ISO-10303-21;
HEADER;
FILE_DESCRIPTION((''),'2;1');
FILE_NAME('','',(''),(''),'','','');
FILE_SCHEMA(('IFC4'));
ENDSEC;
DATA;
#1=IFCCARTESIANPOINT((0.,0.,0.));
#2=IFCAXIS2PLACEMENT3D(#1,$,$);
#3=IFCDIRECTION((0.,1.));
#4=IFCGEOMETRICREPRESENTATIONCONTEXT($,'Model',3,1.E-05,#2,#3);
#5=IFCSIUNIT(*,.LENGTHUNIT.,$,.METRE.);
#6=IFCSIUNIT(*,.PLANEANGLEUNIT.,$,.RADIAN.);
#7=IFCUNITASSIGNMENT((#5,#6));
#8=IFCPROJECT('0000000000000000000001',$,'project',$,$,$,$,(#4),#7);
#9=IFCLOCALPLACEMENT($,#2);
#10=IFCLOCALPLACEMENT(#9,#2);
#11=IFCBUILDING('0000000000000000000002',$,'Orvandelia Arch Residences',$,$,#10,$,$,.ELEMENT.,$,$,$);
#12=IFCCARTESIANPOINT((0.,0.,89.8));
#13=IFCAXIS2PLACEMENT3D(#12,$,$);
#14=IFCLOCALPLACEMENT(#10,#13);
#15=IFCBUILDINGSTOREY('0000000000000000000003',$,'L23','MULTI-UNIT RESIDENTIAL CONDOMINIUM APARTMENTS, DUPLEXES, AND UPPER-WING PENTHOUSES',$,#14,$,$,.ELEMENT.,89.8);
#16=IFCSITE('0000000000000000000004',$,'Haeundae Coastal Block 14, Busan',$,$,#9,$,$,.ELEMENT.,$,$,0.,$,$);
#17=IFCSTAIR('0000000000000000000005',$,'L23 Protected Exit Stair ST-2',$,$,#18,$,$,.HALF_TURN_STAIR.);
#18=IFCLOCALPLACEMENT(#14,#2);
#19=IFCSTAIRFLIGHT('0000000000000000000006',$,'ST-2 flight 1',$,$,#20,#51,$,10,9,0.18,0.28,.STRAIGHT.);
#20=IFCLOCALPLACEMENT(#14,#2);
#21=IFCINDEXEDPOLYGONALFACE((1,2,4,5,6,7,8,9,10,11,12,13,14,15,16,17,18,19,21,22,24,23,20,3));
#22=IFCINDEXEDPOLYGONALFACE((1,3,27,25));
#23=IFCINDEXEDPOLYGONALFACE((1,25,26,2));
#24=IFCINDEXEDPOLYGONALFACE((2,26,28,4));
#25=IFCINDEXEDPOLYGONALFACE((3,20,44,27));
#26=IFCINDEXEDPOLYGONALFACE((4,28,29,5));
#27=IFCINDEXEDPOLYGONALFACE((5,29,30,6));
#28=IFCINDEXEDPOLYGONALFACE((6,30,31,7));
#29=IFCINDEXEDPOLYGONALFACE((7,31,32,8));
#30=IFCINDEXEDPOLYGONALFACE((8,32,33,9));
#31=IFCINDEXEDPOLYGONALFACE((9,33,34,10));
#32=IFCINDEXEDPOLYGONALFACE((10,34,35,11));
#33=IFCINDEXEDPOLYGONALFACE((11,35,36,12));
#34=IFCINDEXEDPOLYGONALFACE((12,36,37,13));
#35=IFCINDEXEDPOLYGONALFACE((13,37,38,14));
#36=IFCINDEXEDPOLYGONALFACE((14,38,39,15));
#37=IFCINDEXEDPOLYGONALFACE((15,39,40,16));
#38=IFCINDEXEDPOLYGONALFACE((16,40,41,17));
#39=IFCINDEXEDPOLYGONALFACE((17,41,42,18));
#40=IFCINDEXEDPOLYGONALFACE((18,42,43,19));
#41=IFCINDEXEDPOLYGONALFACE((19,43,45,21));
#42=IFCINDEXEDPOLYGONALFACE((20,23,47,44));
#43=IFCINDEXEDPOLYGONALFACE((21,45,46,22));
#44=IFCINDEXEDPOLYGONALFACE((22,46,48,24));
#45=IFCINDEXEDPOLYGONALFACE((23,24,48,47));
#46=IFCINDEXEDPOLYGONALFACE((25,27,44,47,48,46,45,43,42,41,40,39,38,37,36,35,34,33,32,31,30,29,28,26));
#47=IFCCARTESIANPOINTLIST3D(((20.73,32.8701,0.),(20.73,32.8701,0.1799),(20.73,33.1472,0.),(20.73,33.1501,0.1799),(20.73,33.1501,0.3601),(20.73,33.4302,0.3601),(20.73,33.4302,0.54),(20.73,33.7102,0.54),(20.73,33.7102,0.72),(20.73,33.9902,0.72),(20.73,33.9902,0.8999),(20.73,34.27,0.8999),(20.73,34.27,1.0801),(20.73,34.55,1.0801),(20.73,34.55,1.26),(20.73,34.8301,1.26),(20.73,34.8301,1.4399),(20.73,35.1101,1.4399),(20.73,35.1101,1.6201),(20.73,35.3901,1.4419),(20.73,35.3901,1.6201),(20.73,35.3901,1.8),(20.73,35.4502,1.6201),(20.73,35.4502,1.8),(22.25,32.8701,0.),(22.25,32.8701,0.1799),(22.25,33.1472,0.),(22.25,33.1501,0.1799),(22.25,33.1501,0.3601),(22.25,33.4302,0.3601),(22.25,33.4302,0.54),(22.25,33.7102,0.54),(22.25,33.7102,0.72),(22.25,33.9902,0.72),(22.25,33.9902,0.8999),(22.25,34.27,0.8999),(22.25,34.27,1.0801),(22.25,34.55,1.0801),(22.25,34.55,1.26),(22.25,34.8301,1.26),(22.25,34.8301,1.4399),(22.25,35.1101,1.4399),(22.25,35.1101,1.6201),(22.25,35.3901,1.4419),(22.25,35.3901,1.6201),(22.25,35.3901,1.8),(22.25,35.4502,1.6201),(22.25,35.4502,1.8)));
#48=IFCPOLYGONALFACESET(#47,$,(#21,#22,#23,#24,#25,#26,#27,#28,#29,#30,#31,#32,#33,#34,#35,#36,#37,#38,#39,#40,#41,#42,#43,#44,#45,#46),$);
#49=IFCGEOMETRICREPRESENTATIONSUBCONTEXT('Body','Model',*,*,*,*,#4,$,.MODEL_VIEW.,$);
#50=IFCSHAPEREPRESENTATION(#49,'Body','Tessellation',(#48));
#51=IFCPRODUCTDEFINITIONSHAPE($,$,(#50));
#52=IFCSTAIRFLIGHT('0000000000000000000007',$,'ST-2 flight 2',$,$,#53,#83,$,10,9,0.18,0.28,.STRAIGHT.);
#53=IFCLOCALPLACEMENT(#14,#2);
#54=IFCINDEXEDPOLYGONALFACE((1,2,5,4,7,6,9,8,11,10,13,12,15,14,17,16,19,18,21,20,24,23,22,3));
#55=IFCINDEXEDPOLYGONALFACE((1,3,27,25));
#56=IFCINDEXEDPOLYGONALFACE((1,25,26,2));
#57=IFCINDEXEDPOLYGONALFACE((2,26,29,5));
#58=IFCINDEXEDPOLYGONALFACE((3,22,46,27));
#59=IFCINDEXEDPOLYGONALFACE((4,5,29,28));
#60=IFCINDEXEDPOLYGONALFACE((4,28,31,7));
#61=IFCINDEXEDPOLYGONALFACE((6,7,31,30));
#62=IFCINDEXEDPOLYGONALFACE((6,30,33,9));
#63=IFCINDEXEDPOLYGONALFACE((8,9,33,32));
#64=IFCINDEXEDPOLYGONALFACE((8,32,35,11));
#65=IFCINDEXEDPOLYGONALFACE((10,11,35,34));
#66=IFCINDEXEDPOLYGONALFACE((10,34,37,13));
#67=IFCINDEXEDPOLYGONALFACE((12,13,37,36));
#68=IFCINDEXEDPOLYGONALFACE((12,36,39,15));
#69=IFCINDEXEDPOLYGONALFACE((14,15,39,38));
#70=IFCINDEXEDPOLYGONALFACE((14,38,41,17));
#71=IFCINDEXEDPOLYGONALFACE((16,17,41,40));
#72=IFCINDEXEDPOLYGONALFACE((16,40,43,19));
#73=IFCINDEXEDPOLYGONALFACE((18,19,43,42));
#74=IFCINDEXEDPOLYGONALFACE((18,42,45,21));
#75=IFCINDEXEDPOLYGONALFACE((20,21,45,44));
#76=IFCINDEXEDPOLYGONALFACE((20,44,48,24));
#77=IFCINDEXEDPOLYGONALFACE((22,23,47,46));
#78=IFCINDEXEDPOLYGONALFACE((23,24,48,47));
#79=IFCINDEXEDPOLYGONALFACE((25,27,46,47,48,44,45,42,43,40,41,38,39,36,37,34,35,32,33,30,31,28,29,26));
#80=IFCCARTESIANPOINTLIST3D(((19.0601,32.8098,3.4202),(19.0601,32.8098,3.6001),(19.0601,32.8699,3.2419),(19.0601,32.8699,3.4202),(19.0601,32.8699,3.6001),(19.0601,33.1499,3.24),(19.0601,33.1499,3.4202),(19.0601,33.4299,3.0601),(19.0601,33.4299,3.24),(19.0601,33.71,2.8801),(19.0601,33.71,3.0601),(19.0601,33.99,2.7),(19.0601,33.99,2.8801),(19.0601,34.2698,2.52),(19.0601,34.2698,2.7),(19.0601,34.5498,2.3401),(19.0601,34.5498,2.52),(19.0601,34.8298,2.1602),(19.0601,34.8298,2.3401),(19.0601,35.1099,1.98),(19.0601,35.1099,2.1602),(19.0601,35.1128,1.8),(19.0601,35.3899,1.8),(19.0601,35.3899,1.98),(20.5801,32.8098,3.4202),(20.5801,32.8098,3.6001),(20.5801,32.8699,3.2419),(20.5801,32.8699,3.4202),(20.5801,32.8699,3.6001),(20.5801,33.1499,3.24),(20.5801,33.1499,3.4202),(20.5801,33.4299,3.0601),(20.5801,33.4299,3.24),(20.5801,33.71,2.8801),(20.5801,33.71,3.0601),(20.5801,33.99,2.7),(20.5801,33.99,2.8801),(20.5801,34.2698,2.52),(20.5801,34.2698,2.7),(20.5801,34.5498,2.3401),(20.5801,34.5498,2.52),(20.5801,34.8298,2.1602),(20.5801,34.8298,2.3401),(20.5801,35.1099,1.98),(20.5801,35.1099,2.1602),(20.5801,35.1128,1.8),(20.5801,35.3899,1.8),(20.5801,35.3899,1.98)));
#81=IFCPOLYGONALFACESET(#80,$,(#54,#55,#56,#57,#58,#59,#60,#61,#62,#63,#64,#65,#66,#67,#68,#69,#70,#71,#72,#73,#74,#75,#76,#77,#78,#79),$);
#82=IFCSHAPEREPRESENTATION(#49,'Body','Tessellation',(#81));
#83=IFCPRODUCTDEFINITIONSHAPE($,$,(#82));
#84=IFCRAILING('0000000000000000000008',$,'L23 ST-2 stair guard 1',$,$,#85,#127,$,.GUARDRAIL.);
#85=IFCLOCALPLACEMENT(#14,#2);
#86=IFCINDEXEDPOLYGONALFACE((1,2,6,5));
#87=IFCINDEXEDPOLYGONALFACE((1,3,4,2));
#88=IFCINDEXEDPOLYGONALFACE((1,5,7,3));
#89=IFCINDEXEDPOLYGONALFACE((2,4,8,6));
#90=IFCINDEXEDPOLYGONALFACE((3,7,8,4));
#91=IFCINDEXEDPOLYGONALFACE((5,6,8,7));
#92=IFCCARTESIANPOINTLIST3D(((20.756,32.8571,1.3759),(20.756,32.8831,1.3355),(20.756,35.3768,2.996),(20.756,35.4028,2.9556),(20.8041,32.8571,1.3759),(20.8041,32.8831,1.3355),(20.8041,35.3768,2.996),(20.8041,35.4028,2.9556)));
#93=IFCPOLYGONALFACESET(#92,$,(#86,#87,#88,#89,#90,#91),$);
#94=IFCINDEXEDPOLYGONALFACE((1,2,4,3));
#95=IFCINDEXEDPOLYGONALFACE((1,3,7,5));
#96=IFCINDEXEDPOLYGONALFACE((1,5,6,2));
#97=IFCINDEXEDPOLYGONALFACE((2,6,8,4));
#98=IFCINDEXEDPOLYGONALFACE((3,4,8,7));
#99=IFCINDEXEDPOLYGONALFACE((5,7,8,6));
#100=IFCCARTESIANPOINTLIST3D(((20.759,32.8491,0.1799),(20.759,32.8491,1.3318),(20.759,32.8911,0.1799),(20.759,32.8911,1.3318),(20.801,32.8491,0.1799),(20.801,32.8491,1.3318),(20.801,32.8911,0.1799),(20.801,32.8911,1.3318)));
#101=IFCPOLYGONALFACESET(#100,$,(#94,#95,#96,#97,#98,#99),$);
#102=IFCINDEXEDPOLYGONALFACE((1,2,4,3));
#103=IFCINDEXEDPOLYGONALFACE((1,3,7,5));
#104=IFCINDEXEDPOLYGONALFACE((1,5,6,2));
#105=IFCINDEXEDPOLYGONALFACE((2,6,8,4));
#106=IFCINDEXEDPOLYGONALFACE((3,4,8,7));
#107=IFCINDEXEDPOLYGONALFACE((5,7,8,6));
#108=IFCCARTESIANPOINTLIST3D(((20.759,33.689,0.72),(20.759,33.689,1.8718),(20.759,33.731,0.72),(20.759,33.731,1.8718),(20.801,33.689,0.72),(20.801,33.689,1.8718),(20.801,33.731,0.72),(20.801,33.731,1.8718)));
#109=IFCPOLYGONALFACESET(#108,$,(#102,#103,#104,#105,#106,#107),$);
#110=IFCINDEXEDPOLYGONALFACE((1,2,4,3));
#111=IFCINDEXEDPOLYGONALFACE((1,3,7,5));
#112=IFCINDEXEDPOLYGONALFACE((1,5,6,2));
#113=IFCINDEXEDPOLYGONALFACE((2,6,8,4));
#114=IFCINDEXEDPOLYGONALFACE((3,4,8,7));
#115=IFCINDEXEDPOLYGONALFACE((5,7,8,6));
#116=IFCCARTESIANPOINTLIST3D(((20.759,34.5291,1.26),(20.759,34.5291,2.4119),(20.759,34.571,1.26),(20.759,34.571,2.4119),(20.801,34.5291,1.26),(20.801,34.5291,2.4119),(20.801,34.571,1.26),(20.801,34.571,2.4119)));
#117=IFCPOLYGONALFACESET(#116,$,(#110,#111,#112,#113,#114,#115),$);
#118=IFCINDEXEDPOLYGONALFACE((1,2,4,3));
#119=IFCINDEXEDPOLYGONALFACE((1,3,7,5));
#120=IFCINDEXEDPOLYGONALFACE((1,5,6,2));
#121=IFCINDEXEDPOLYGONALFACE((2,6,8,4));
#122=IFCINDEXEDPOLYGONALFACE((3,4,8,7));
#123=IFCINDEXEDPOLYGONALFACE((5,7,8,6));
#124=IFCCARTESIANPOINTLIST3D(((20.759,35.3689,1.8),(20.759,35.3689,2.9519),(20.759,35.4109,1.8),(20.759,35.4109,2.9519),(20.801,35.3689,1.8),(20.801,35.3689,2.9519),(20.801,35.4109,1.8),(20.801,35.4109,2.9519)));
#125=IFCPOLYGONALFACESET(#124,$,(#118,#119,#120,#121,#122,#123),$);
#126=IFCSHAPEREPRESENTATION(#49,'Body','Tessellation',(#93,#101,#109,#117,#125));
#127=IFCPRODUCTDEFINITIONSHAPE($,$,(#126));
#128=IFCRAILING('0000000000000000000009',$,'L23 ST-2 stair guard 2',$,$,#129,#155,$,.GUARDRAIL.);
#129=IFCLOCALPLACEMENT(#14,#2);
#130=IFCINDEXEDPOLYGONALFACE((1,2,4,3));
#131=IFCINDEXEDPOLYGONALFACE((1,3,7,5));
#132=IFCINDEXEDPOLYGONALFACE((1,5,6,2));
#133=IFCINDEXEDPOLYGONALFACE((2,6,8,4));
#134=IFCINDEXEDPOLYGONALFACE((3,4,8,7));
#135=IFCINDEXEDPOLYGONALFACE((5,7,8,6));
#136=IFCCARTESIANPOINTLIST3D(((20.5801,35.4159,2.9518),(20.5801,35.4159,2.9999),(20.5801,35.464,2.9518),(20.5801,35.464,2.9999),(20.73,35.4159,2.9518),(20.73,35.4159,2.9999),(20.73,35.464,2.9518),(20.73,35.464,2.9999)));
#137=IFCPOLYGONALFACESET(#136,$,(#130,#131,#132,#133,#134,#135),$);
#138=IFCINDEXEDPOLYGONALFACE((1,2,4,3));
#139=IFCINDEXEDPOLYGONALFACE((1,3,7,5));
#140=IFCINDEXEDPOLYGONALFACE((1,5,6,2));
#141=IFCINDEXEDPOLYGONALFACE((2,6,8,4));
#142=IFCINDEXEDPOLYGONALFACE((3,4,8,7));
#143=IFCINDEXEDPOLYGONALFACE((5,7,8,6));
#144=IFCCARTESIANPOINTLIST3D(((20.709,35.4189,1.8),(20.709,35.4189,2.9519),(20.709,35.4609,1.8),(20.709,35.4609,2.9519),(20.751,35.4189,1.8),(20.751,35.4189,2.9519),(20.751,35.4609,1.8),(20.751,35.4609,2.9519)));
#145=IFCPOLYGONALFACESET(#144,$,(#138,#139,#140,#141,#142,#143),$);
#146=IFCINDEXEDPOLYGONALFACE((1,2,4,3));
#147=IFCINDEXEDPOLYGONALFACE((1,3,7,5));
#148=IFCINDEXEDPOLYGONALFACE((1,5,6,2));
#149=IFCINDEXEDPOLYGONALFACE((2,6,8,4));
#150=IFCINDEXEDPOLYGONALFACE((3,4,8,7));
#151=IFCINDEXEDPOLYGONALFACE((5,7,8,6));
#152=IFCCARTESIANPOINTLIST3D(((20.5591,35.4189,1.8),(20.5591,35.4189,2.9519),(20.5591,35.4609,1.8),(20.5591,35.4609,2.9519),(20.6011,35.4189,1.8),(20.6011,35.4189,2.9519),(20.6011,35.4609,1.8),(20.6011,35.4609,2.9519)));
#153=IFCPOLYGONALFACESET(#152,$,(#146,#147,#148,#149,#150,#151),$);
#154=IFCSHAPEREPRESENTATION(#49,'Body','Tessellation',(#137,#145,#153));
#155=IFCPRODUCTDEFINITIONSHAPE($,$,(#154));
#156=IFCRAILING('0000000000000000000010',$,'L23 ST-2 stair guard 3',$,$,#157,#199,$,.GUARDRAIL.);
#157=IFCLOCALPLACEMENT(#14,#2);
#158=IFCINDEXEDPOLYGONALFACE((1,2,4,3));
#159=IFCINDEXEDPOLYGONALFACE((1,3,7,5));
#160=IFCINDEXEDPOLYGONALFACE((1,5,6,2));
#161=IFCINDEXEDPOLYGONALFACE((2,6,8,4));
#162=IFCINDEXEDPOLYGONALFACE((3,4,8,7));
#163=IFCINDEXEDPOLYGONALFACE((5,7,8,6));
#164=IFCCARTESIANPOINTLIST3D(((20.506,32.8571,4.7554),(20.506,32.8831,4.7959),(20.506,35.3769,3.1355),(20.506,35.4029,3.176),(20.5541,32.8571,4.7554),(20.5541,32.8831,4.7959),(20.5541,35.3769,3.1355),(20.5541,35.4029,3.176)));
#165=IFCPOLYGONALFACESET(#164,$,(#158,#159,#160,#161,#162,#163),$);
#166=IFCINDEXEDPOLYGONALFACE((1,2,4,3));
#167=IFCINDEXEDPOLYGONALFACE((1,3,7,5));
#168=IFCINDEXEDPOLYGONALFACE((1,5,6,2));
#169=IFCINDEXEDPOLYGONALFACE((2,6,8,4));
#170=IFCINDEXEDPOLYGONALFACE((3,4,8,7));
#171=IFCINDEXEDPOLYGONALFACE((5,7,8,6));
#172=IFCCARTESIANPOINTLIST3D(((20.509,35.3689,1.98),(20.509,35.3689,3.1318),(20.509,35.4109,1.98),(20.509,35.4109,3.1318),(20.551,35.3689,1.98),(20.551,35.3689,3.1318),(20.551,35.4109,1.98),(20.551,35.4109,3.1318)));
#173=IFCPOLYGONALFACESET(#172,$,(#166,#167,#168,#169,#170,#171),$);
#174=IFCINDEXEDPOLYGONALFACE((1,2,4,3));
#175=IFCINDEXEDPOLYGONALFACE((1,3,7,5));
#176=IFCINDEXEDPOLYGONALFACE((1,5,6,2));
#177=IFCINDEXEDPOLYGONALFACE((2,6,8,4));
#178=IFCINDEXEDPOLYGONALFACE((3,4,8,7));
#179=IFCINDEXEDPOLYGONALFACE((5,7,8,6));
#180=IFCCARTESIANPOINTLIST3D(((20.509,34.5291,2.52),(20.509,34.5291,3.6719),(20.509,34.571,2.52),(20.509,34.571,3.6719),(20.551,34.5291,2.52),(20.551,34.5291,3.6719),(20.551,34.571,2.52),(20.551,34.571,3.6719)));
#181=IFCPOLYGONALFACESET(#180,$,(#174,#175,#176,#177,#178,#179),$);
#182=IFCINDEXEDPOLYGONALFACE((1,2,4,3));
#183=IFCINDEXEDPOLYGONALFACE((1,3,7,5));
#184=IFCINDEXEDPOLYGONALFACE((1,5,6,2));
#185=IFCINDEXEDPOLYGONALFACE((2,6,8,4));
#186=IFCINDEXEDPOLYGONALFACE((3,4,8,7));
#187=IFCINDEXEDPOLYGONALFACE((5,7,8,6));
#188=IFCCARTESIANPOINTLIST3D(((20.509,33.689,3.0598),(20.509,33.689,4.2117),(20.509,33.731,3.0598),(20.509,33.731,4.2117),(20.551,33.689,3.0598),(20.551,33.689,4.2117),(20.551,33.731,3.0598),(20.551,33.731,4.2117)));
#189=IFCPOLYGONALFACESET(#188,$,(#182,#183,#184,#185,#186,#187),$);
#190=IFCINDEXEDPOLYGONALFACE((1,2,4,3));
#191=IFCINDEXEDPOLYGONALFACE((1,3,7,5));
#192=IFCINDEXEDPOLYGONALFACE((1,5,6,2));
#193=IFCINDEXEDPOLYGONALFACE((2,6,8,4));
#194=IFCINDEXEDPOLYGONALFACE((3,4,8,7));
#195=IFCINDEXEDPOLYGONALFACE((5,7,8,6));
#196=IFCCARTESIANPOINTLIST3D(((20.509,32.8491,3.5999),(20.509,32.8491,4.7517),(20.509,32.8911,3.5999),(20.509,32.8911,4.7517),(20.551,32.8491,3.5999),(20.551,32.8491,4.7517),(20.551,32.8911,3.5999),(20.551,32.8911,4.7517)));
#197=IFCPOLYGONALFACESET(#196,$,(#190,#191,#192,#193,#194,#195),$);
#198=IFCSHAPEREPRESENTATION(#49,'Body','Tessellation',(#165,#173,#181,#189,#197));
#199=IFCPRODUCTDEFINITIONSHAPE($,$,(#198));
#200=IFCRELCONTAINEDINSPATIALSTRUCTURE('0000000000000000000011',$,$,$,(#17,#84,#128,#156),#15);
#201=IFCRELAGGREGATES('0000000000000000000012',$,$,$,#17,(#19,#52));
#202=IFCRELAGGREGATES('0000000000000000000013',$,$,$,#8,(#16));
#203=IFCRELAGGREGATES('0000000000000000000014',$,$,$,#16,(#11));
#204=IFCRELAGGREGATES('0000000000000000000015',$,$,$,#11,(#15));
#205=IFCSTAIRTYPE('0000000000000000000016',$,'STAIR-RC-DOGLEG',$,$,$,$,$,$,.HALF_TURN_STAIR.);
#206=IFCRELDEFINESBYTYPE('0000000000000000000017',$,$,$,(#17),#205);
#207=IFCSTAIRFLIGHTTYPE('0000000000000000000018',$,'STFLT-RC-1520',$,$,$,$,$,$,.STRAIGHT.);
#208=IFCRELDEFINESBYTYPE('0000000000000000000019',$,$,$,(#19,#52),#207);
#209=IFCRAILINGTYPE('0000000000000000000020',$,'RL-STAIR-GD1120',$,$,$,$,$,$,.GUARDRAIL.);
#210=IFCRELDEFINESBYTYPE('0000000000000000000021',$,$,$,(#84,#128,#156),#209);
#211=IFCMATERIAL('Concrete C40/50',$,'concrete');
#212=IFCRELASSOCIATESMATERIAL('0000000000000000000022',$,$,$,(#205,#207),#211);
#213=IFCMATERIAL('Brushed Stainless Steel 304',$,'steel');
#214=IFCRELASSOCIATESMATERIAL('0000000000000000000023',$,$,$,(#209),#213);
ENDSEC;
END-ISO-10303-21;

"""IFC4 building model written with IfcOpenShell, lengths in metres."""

from ifc_helpers import new_model, si_unit, direction, frame, origin, origin_2d, place, context, subcontext, project, spatial, polyline, rectangle, outline, extrude, material, type_object, element, aggregate, save


model = new_model("IFC4")

# Units and contexts
model_context = context("Model", 3, precision=1e-05, world=origin(), true_north=direction((0.0, 1.0)))
body_context = subcontext(model_context, "Body", "Model", "MODEL_VIEW")
ifc_project = project(units=[si_unit("LENGTHUNIT", "METRE"), si_unit("PLANEANGLEUNIT", "RADIAN")], contexts=[model_context])

# Site, building, storey
site_placement = place(None, origin())
site = spatial("IfcSite", under=ifc_project, at=site_placement, Name="Haeundae Coastal Block 14, Busan", CompositionType="ELEMENT", RefElevation=0.0)
building_placement = place(site_placement, origin())
building = spatial("IfcBuilding", under=site, at=building_placement, Name="Orvandelia Arch Residences", CompositionType="ELEMENT")
storey_placement = place(building_placement, frame((0.0, 0.0, 89.8)))
storey = spatial("IfcBuildingStorey", under=building, at=storey_placement, Name="L23", Description="MULTI-UNIT RESIDENTIAL CONDOMINIUM APARTMENTS, DUPLEXES, AND UPPER-WING PENTHOUSES", CompositionType="ELEMENT", Elevation=89.8)

# Stair, stair flights
ifc_material_1 = material(Name="Concrete C40/50", Category="concrete")
stair_type = type_object("IfcStairType", Name="STAIR-RC-DOGLEG", PredefinedType="HALF_TURN_STAIR", material=ifc_material_1)
stair_placement = place(storey_placement, origin())
stair = element("IfcStair", 1, at=stair_placement, inside=storey, type_object=stair_type, Name="L23 Protected Exit Stair ST-2", PredefinedType="HALF_TURN_STAIR")
stair_flight_type = type_object("IfcStairFlightType", Name="STFLT-RC-1520", PredefinedType="STRAIGHT", material=ifc_material_1)
stair_flight_1_placement = place(storey_placement, frame((21.49, 32.8701, 0.0), z_axis=(0.0, 0.0, 1.0), x_axis=(0.0, 1.0, 0.0)))
stair_flight_1 = element("IfcStairFlight", 2, at=stair_flight_1_placement, type_object=stair_flight_type, Name="ST-2 flight 1", NumberOfRisers=10, NumberOfTreads=9, PredefinedType="STRAIGHT", RiserHeight=0.18, TreadLength=0.28, context=body_context, shape_type="SweptSolid", body=[
    extrude(outline(polyline([(0.0, 0.0), (0.0, 0.1799), (0.28, 0.1799), (0.28, 0.3601), (0.5601, 0.3601), (0.5601, 0.54), (0.8401, 0.54), (0.8401, 0.72), (1.1201, 0.72), (1.1201, 0.8999), (1.3999, 0.8999), (1.3999, 1.0801), (1.6799, 1.0801), (1.6799, 1.26), (1.96, 1.26), (1.96, 1.4399), (2.24, 1.4399), (2.24, 1.6201), (2.52, 1.6201), (2.52, 1.8), (2.5801, 1.8), (2.5801, 1.6201), (2.52, 1.4419), (0.2771, 0.0), (0.0, 0.0)])), frame((0.0, 0.76, 0.0), z_axis=(0.0, -1.0, 0.0), x_axis=(1.0, 0.0, 0.0)), (0.0, 0.0, 1.0), 1.52),
])
stair_flight_2_placement = place(storey_placement, frame((19.8201, 35.3899, 1.8), z_axis=(0.0, 0.0, 1.0), x_axis=(0.0, -1.0, 0.0)))
stair_flight_2 = element("IfcStairFlight", 3, at=stair_flight_2_placement, type_object=stair_flight_type, Name="ST-2 flight 2", NumberOfRisers=10, NumberOfTreads=9, PredefinedType="STRAIGHT", RiserHeight=0.18, TreadLength=0.28, context=body_context, shape_type="SweptSolid", body=[
    extrude(outline(polyline([(0.0, 0.0), (0.0, 0.1799), (0.28, 0.1799), (0.28, 0.3601), (0.5601, 0.3601), (0.5601, 0.54), (0.8401, 0.54), (0.8401, 0.72), (1.1201, 0.72), (1.1201, 0.8999), (1.3999, 0.8999), (1.3999, 1.0801), (1.6799, 1.0801), (1.6799, 1.26), (1.96, 1.26), (1.96, 1.4399), (2.24, 1.4399), (2.24, 1.6201), (2.52, 1.6201), (2.52, 1.8), (2.5801, 1.8), (2.5801, 1.6201), (2.52, 1.4419), (0.2771, 0.0), (0.0, 0.0)])), frame((0.0, 0.76, 0.0), z_axis=(0.0, -1.0, 0.0), x_axis=(1.0, 0.0, 0.0)), (0.0, 0.0, 1.0), 1.52),
])
aggregate(stair, [stair_flight_1, stair_flight_2])

# Railings
ifc_material_2 = material(Name="Brushed Stainless Steel 304", Category="steel")
railing_type_1 = type_object("IfcRailingType", Name="RL-STAIR-GD1120", PredefinedType="GUARDRAIL", material=ifc_material_2)
railing_1_placement = place(storey_placement, frame((20.78, 32.8701, 0.1799)))
element("IfcRailing", 4, at=railing_1_placement, inside=storey, type_object=railing_type_1, Name="L23 ST-2 stair guard 1", PredefinedType="GUARDRAIL", context=body_context, shape_type="SweptSolid", body=[
    extrude(rectangle(XDim=0.0481, YDim=0.0481, at=origin_2d()), frame((0.0, 0.0, 1.1758), z_axis=(0.0, 0.841139, 0.540819), x_axis=(-1.0, 0.0, 0.0)), (0.0, 0.0, 1.0), 2.9956),
    extrude(rectangle(XDim=0.042, YDim=0.042, at=origin_2d()), origin(), (0.0, 0.0, 1.0), 1.1519),
    extrude(rectangle(XDim=0.042, YDim=0.042, at=origin_2d()), frame((0.0, 0.8398, 0.54)), (0.0, 0.0, 1.0), 1.1519),
    extrude(rectangle(XDim=0.042, YDim=0.042, at=origin_2d()), frame((0.0, 1.6799, 1.0801)), (0.0, 0.0, 1.0), 1.1519),
    extrude(rectangle(XDim=0.042, YDim=0.042, at=origin_2d()), frame((0.0, 2.5198, 1.6201)), (0.0, 0.0, 1.0), 1.1519),
])
railing_2_placement = place(storey_placement, frame((20.73, 35.4399, 1.8)))
element("IfcRailing", 5, at=railing_2_placement, inside=storey, type_object=railing_type_1, Name="L23 ST-2 stair guard 2", PredefinedType="GUARDRAIL", context=body_context, shape_type="SweptSolid", body=[
    extrude(rectangle(XDim=0.0481, YDim=0.0481, at=origin_2d()), frame((0.0, 0.0, 1.1758), z_axis=(-1.0, 0.0, 0.0), x_axis=(0.0, -1.0, 0.0)), (0.0, 0.0, 1.0), 0.1499),
    extrude(rectangle(XDim=0.042, YDim=0.042, at=origin_2d()), origin(), (0.0, 0.0, 1.0), 1.1519),
    extrude(rectangle(XDim=0.042, YDim=0.042, at=origin_2d()), frame((-0.1499, 0.0, 0.0)), (0.0, 0.0, 1.0), 1.1519),
])
railing_3_placement = place(storey_placement, frame((20.53, 35.3899, 1.98)))
element("IfcRailing", 6, at=railing_3_placement, inside=storey, type_object=railing_type_1, Name="L23 ST-2 stair guard 3", PredefinedType="GUARDRAIL", context=body_context, shape_type="SweptSolid", body=[
    extrude(rectangle(XDim=0.0481, YDim=0.0481, at=origin_2d()), frame((0.0, 0.0, 1.1758), z_axis=(0.0, -0.841176, 0.540762), x_axis=(1.0, 0.0, 0.0)), (0.0, 0.0, 1.0), 2.9956),
    extrude(rectangle(XDim=0.042, YDim=0.042, at=origin_2d()), origin(), (0.0, 0.0, 1.0), 1.1519),
    extrude(rectangle(XDim=0.042, YDim=0.042, at=origin_2d()), frame((0.0, -0.8398, 0.54)), (0.0, 0.0, 1.0), 1.1519),
    extrude(rectangle(XDim=0.042, YDim=0.042, at=origin_2d()), frame((0.0, -1.6799, 1.0798)), (0.0, 0.0, 1.0), 1.1519),
    extrude(rectangle(XDim=0.042, YDim=0.042, at=origin_2d()), frame((0.0, -2.5198, 1.6199)), (0.0, 0.0, 1.0), 1.1519),
])

save(model, "model.ifc")
